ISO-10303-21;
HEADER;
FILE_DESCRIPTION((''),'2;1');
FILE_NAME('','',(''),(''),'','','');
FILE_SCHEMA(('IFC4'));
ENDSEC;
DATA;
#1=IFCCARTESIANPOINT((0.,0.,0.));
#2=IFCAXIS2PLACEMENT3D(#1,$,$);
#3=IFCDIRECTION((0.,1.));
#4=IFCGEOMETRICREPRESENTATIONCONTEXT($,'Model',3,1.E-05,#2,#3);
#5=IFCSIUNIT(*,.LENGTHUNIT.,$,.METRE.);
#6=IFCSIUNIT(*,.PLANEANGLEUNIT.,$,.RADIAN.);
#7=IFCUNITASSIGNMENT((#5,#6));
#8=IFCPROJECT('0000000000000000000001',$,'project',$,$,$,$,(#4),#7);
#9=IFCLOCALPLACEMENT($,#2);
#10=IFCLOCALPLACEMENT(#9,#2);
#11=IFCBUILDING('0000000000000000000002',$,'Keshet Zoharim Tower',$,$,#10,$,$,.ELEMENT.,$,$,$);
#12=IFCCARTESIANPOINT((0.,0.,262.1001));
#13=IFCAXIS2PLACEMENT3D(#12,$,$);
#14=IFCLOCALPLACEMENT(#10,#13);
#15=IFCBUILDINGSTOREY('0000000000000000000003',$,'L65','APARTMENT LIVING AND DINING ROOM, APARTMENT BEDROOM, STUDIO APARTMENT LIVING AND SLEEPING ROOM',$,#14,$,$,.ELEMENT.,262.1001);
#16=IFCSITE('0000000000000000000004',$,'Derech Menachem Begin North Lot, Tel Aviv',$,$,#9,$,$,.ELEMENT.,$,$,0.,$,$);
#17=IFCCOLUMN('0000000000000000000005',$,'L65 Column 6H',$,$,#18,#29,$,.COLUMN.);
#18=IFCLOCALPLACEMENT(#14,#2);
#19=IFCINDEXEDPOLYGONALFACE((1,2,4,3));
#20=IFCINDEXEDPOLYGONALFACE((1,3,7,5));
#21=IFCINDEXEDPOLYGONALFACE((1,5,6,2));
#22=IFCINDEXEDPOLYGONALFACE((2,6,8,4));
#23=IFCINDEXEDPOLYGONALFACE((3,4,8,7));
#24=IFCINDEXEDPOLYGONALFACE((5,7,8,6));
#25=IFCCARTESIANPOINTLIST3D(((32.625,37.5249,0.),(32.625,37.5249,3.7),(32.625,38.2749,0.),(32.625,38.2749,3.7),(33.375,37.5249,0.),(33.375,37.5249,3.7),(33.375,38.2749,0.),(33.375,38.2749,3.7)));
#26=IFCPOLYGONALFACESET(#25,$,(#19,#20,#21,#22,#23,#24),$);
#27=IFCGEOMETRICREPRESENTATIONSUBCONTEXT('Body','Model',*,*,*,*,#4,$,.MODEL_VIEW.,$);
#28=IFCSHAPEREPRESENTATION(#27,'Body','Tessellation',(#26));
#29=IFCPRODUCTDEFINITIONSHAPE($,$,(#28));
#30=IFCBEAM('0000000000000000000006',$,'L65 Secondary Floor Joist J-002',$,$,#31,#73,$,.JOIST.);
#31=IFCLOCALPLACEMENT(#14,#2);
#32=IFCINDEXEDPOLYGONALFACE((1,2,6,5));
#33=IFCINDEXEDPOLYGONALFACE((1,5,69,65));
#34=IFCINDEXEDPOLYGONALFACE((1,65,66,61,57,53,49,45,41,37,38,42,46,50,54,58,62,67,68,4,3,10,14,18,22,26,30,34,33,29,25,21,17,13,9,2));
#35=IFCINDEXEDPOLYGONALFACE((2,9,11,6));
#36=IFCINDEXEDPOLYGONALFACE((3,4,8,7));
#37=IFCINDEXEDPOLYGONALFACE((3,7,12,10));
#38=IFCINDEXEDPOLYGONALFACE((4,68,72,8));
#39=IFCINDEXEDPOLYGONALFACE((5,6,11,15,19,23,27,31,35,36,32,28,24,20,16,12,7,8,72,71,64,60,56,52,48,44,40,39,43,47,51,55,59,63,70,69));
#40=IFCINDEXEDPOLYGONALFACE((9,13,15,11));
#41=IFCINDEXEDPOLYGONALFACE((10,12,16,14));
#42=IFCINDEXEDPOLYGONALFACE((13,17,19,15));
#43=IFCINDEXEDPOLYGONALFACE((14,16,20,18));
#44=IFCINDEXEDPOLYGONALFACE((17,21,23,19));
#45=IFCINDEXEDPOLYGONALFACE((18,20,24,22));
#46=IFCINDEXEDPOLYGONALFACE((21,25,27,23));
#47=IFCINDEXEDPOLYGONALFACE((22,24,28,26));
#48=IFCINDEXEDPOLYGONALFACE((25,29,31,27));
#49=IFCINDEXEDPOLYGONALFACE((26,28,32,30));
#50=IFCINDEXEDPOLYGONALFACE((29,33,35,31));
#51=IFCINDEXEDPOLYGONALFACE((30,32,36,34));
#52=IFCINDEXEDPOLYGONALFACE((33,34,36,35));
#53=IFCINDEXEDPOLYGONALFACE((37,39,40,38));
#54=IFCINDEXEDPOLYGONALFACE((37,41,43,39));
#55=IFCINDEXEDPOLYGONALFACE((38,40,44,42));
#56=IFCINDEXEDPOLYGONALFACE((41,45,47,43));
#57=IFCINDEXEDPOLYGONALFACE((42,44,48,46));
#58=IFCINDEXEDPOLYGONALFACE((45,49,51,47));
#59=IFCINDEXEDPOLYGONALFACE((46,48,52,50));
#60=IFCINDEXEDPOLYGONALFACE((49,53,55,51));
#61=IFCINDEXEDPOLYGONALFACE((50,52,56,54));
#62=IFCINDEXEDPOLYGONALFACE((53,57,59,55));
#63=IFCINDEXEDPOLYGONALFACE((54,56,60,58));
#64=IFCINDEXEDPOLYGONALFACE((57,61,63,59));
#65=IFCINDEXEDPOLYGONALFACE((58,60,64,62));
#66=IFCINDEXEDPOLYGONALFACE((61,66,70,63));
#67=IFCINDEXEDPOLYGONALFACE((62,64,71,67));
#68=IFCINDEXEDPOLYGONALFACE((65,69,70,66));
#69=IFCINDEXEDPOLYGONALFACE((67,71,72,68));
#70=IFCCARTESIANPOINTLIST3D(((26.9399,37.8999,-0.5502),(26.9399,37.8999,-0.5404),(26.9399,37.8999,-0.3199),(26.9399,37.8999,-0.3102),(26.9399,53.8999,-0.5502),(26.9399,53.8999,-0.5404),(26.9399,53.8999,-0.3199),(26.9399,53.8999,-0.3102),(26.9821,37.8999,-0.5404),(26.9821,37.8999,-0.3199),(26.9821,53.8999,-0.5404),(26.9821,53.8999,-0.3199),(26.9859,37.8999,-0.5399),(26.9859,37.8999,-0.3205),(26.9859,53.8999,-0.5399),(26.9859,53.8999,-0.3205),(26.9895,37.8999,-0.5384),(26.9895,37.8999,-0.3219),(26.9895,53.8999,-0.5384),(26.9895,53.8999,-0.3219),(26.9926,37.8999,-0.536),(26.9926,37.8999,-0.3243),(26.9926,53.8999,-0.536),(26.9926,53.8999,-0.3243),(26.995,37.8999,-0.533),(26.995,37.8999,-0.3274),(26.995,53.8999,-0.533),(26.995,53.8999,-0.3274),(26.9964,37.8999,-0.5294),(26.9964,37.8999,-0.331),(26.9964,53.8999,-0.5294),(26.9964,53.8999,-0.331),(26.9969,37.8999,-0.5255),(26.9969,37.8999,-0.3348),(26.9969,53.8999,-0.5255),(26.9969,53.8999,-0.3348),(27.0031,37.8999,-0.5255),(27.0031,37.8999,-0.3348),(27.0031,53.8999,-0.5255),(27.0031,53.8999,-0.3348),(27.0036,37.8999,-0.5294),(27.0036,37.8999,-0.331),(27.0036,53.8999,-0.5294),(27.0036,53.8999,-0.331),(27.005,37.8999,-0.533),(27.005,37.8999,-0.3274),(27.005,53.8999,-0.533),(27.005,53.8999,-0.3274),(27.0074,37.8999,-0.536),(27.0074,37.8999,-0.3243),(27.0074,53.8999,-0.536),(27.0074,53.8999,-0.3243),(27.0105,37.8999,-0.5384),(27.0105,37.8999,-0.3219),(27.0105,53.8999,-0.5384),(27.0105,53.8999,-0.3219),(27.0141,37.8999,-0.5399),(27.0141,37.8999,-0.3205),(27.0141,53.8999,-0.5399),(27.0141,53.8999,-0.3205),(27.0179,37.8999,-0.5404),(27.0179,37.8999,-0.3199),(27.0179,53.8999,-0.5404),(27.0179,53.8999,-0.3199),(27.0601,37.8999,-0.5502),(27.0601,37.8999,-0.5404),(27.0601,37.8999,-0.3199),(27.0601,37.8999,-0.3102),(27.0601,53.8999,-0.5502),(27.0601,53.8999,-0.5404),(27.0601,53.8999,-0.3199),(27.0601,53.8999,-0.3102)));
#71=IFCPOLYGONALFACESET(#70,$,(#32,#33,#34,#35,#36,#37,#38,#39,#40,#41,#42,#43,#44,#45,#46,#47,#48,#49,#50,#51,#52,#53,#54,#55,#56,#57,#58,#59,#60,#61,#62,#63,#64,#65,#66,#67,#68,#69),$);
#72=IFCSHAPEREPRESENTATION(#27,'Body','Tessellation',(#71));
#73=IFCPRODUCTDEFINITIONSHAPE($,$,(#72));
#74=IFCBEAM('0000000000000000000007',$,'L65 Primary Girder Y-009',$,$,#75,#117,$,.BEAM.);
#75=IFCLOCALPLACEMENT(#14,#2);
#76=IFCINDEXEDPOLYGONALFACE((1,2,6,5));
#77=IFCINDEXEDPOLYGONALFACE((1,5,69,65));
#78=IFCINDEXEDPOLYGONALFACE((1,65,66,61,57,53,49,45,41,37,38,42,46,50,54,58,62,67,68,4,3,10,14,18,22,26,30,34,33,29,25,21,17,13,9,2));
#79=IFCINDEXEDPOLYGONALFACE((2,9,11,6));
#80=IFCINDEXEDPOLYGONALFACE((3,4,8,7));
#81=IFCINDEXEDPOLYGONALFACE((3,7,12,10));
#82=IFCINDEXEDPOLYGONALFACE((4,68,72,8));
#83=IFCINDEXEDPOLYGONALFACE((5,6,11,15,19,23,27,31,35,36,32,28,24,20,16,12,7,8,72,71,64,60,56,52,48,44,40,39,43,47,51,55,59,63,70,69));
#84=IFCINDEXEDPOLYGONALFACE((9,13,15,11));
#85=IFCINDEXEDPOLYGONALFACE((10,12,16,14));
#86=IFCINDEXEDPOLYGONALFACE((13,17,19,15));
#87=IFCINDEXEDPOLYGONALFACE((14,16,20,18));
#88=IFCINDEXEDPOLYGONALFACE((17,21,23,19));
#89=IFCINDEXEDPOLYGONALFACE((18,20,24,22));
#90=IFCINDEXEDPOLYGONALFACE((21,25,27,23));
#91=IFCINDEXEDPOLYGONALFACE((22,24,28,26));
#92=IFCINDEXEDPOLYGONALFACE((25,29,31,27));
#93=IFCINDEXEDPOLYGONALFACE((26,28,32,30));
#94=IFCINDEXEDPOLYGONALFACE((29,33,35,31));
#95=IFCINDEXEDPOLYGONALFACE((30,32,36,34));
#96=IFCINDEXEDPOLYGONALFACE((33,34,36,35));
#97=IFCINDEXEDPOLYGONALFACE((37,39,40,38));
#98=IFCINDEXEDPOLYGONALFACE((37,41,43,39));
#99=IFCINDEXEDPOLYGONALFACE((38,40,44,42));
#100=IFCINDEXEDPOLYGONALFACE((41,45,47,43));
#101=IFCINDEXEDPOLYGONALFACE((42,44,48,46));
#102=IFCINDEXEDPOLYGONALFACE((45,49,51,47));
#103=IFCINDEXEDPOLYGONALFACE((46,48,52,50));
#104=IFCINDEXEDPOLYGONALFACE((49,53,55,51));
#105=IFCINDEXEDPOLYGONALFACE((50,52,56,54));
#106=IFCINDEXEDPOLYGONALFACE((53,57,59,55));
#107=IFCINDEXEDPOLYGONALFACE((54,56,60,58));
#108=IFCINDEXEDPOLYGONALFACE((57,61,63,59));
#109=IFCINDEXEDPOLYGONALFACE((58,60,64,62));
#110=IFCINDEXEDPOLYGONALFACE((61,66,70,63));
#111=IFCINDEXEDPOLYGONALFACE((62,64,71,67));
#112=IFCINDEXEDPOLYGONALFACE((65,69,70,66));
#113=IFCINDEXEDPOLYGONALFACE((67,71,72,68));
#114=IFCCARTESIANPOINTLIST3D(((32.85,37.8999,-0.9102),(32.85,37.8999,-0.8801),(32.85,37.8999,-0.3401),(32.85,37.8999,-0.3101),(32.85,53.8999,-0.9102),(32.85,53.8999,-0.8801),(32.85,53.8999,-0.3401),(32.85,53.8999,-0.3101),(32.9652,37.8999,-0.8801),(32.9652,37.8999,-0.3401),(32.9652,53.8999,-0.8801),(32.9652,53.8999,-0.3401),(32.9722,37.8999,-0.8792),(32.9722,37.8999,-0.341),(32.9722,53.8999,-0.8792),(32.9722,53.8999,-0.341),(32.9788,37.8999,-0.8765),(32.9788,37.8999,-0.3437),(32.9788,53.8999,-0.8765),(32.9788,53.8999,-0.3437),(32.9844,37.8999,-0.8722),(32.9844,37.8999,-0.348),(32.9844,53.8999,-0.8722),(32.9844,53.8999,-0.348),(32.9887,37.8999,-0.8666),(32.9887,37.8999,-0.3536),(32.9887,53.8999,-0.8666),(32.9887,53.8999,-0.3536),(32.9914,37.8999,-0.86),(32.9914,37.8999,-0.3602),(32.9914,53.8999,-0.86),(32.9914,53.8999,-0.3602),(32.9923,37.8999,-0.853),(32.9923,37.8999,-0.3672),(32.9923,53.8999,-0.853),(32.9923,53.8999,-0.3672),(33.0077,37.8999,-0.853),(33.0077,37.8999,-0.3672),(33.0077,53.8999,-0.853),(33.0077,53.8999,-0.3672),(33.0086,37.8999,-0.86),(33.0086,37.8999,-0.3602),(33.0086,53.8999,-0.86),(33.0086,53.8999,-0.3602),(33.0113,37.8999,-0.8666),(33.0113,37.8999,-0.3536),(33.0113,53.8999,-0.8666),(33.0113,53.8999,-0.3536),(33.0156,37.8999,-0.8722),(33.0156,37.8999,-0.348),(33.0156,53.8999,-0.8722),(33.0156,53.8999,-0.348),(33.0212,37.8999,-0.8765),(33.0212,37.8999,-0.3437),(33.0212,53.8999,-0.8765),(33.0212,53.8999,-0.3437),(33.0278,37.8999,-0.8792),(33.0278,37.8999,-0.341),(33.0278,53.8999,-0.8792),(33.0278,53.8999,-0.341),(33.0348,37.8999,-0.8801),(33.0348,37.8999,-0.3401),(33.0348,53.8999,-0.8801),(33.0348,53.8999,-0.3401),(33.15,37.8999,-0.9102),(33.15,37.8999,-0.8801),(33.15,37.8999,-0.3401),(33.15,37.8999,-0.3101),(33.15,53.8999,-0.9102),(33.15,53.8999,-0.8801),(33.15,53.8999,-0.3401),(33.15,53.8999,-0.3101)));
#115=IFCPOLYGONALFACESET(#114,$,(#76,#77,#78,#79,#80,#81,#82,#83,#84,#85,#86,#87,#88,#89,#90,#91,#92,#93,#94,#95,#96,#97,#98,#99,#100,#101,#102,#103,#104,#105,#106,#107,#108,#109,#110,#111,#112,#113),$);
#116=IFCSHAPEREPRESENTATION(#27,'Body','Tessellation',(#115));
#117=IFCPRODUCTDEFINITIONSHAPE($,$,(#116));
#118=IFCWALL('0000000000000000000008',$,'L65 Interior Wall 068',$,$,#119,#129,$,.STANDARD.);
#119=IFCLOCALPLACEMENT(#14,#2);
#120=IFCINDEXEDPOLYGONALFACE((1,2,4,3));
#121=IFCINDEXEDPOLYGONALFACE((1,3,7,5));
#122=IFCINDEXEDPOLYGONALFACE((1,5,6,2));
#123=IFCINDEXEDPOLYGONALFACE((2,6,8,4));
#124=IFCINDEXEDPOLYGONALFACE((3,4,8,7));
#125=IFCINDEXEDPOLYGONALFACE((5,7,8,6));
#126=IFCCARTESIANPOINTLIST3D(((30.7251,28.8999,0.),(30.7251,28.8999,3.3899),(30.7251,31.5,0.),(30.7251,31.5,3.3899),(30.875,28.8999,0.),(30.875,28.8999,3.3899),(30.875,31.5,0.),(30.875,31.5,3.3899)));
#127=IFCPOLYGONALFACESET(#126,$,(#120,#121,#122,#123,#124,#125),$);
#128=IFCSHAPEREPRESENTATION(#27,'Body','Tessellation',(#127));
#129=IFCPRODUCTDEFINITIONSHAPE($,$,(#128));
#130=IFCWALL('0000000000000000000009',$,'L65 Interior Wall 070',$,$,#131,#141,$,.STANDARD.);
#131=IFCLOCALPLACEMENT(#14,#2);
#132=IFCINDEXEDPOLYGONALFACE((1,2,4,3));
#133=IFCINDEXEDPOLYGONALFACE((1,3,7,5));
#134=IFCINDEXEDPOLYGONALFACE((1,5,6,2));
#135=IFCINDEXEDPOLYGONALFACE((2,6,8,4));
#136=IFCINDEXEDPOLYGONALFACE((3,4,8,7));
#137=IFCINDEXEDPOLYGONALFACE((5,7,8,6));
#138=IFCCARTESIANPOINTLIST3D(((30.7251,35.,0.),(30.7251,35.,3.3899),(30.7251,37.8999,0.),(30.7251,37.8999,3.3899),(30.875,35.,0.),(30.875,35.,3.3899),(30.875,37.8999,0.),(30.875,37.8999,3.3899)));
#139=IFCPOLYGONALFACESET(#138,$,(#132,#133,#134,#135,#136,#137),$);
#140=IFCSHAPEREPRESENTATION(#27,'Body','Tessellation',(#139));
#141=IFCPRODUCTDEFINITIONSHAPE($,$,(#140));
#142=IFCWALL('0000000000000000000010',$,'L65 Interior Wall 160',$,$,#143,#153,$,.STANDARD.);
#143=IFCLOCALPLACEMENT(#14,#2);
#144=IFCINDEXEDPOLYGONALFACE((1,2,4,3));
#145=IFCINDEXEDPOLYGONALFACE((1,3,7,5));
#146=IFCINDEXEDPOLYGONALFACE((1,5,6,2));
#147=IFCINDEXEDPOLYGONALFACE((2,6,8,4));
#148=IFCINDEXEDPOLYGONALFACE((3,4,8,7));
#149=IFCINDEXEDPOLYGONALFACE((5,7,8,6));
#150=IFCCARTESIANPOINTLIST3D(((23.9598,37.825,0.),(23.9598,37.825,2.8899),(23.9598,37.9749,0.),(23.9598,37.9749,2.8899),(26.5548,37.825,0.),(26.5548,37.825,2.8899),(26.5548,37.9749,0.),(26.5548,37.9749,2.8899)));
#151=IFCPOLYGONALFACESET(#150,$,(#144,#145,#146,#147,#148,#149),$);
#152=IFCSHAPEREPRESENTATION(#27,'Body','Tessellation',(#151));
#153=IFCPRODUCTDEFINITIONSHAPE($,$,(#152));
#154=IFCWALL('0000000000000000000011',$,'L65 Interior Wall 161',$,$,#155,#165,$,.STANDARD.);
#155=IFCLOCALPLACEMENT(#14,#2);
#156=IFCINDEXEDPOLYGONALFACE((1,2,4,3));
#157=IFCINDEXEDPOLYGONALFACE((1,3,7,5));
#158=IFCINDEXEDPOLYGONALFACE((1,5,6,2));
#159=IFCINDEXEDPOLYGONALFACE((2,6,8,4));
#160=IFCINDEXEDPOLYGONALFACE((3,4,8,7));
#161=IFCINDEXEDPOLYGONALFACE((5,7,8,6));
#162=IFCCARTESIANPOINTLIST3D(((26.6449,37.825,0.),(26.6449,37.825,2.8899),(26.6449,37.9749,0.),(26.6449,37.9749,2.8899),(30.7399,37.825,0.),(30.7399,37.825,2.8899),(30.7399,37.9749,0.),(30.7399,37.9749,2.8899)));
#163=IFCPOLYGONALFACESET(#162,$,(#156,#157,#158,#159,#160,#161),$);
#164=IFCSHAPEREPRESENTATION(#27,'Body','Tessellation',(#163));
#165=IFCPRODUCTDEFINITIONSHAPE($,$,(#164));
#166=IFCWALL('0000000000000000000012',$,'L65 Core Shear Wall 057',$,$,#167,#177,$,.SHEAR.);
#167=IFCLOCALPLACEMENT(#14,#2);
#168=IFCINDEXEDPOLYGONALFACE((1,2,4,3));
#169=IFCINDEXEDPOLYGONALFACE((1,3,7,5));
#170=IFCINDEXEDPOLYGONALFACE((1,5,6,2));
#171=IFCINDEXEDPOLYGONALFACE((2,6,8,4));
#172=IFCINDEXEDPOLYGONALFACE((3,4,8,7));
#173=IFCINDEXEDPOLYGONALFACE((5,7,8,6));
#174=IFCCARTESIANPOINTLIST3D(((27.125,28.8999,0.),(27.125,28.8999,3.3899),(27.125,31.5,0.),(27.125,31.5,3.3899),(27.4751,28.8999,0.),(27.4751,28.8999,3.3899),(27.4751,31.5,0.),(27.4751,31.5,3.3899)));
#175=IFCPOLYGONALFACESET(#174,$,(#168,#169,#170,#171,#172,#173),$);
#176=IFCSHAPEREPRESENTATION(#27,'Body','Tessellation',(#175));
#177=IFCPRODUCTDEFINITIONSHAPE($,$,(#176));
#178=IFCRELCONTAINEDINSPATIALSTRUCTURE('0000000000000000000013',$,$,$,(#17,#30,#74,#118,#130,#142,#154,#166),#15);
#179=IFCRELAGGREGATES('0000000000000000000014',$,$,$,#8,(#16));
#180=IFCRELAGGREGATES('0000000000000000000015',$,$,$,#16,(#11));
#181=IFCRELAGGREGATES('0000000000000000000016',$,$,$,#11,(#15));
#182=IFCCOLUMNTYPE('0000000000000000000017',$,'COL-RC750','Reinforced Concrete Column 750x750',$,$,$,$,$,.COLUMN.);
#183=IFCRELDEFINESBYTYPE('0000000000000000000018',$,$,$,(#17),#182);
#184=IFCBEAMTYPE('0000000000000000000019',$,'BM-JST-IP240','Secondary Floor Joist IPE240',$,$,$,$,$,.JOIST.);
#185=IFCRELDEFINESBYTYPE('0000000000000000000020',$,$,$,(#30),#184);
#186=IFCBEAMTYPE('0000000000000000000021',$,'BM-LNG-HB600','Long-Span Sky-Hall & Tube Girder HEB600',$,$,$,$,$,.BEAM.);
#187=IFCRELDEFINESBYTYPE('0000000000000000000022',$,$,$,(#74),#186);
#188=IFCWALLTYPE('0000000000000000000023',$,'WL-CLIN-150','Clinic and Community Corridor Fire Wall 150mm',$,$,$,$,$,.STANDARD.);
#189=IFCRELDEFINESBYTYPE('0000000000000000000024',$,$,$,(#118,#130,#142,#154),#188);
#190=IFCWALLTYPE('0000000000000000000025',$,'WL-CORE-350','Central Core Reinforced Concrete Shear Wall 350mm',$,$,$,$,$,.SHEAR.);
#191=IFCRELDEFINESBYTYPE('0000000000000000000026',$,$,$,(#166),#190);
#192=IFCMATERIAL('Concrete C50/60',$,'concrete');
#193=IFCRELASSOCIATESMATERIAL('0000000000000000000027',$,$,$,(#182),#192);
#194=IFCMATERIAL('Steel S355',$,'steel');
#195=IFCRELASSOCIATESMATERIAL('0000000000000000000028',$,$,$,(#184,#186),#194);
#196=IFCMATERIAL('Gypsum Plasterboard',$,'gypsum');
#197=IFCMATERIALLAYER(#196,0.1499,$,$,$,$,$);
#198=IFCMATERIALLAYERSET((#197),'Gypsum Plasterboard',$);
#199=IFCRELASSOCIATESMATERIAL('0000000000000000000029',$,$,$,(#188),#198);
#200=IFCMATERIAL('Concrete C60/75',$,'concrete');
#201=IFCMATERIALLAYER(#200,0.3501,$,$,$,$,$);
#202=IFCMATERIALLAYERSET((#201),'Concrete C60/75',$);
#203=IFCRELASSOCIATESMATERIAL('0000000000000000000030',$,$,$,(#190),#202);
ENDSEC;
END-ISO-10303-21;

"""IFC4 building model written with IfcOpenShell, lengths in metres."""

from ifc_helpers import new_model, si_unit, direction, frame, frame_2d, origin, origin_2d, place, context, subcontext, project, spatial, rectangle, i_section, extrude, material, layer, layer_set, material_profile, profile_set, type_object, element, save


model = new_model("IFC4")

# Units and contexts
model_context = context("Model", 3, precision=1e-05, world=origin(), true_north=direction((0.0, 1.0)))
body_context = subcontext(model_context, "Body", "Model", "MODEL_VIEW")
ifc_project = project(units=[si_unit("LENGTHUNIT", "METRE"), si_unit("PLANEANGLEUNIT", "RADIAN")], contexts=[model_context])

# Site, building, storey
site_placement = place(None, origin())
site = spatial("IfcSite", under=ifc_project, at=site_placement, Name="Derech Menachem Begin North Lot, Tel Aviv", CompositionType="ELEMENT", RefElevation=0.0)
building_placement = place(site_placement, origin())
building = spatial("IfcBuilding", under=site, at=building_placement, Name="Keshet Zoharim Tower", CompositionType="ELEMENT")
storey_placement = place(building_placement, frame((0.0, 0.0, 262.1001)))
storey = spatial("IfcBuildingStorey", under=building, at=storey_placement, Name="L65", Description="APARTMENT LIVING AND DINING ROOM, APARTMENT BEDROOM, STUDIO APARTMENT LIVING AND SLEEPING ROOM", CompositionType="ELEMENT", Elevation=262.1001)

# Column
ifc_material_1 = material(Name="Concrete C50/60", Category="concrete")
ifc_material_profile_1 = material_profile(ifc_material_1, rectangle(XDim=0.75, YDim=0.75, at=origin_2d()), Name="RC750x750")
ifc_profile_set_1 = profile_set([ifc_material_profile_1], Name="Concrete C50/60")
column_type = type_object("IfcColumnType", Name="COL-RC750", Description="Reinforced Concrete Column 750x750", PredefinedType="COLUMN", material=ifc_profile_set_1)
column_placement = place(storey_placement, frame((33.0, 37.8999, 0.0), z_axis=(0.0, 0.0, 1.0), x_axis=(1.0, 0.0, 0.0)))
element("IfcColumn", 1, at=column_placement, inside=storey, type_object=column_type, Name="L65 Column 6H", PredefinedType="COLUMN", context=body_context, shape_type="SweptSolid", body=[
    extrude(rectangle(XDim=0.75, YDim=0.75, at=origin_2d()), origin(), (0.0, 0.0, 1.0), 3.7),
])

# Beams
ifc_material_2 = material(Name="Steel S355", Category="steel")
ifc_material_profile_2 = material_profile(ifc_material_2, i_section(OverallWidth=0.1201, OverallDepth=0.24, WebThickness=0.0061, FlangeThickness=0.0098, FilletRadius=0.0149, at=origin_2d()), Name="IPE240")
ifc_profile_set_2 = profile_set([ifc_material_profile_2], Name="Steel S355")
beam_type_1 = type_object("IfcBeamType", Name="BM-JST-IP240", Description="Secondary Floor Joist IPE240", PredefinedType="JOIST", material=ifc_profile_set_2)
beam_1_placement = place(storey_placement, frame((27.0, 37.8999, -0.4302), z_axis=(0.0, 1.0, 0.0), x_axis=(-1.0, 0.0, 0.0)))
element("IfcBeam", 2, at=beam_1_placement, inside=storey, type_object=beam_type_1, Name="L65 Secondary Floor Joist J-002", PredefinedType="JOIST", context=body_context, shape_type="SweptSolid", body=[
    extrude(i_section(OverallWidth=0.1201, OverallDepth=0.24, WebThickness=0.0061, FlangeThickness=0.0098, FilletRadius=0.0149, at=origin_2d()), origin(), (0.0, 0.0, 1.0), 16.0),
])
ifc_material_profile_3 = material_profile(ifc_material_2, i_section(OverallWidth=0.3, OverallDepth=0.6001, WebThickness=0.0154, FlangeThickness=0.03, FilletRadius=0.0271, at=origin_2d()), Name="HEB600")
ifc_profile_set_3 = profile_set([ifc_material_profile_3], Name="Steel S355")
beam_type_2 = type_object("IfcBeamType", Name="BM-LNG-HB600", Description="Long-Span Sky-Hall & Tube Girder HEB600", PredefinedType="BEAM", material=ifc_profile_set_3)
beam_2_placement = place(storey_placement, frame((33.0, 37.8999, -0.6101), z_axis=(0.0, 1.0, 0.0), x_axis=(-1.0, 0.0, 0.0)))
element("IfcBeam", 3, at=beam_2_placement, inside=storey, type_object=beam_type_2, Name="L65 Primary Girder Y-009", PredefinedType="BEAM", context=body_context, shape_type="SweptSolid", body=[
    extrude(i_section(OverallWidth=0.3, OverallDepth=0.6001, WebThickness=0.0154, FlangeThickness=0.03, FilletRadius=0.0271, at=origin_2d()), origin(), (0.0, 0.0, 1.0), 16.0),
])

# Walls
ifc_material_3 = material(Name="Gypsum Plasterboard", Category="gypsum")
ifc_layer_1 = layer(ifc_material_3, 0.1499)
ifc_layer_set_1 = layer_set([ifc_layer_1], Name="Gypsum Plasterboard")
wall_type_1 = type_object("IfcWallType", Name="WL-CLIN-150", Description="Clinic and Community Corridor Fire Wall 150mm", PredefinedType="STANDARD", material=ifc_layer_set_1)
wall_1_placement = place(storey_placement, frame((30.8, 28.8999, 0.0), z_axis=(0.0, 0.0, 1.0), x_axis=(0.0, 1.0, 0.0)))
element("IfcWall", 4, at=wall_1_placement, inside=storey, type_object=wall_type_1, Name="L65 Interior Wall 068", PredefinedType="STANDARD", context=body_context, shape_type="SweptSolid", body=[
    extrude(rectangle(XDim=2.6001, YDim=0.1499, at=frame_2d((1.3, 0.0))), origin(), (0.0, 0.0, 1.0), 3.3899),
])
wall_2_placement = place(storey_placement, frame((30.8, 35.0, 0.0), z_axis=(0.0, 0.0, 1.0), x_axis=(0.0, 1.0, 0.0)))
element("IfcWall", 5, at=wall_2_placement, inside=storey, type_object=wall_type_1, Name="L65 Interior Wall 070", PredefinedType="STANDARD", context=body_context, shape_type="SweptSolid", body=[
    extrude(rectangle(XDim=2.8999, YDim=0.1499, at=frame_2d((1.45, 0.0))), origin(), (0.0, 0.0, 1.0), 3.3899),
])
wall_3_placement = place(storey_placement, frame((23.96, 37.8999, 0.0), z_axis=(0.0, 0.0, 1.0), x_axis=(1.0, 0.0, 0.0)))
element("IfcWall", 6, at=wall_3_placement, inside=storey, type_object=wall_type_1, Name="L65 Interior Wall 160", PredefinedType="STANDARD", context=body_context, shape_type="SweptSolid", body=[
    extrude(rectangle(XDim=2.595, YDim=0.1499, at=frame_2d((1.2974, 0.0))), origin(), (0.0, 0.0, 1.0), 2.8899),
])
wall_4_placement = place(storey_placement, frame((26.645, 37.8999, 0.0), z_axis=(0.0, 0.0, 1.0), x_axis=(1.0, 0.0, 0.0)))
element("IfcWall", 7, at=wall_4_placement, inside=storey, type_object=wall_type_1, Name="L65 Interior Wall 161", PredefinedType="STANDARD", context=body_context, shape_type="SweptSolid", body=[
    extrude(rectangle(XDim=4.095, YDim=0.1499, at=frame_2d((2.0474, 0.0))), origin(), (0.0, 0.0, 1.0), 2.8899),
])
ifc_material_4 = material(Name="Concrete C60/75", Category="concrete")
ifc_layer_2 = layer(ifc_material_4, 0.3501)
ifc_layer_set_2 = layer_set([ifc_layer_2], Name="Concrete C60/75")
wall_type_2 = type_object("IfcWallType", Name="WL-CORE-350", Description="Central Core Reinforced Concrete Shear Wall 350mm", PredefinedType="SHEAR", material=ifc_layer_set_2)
wall_5_placement = place(storey_placement, frame((27.3, 28.8999, 0.0), z_axis=(0.0, 0.0, 1.0), x_axis=(0.0, 1.0, 0.0)))
element("IfcWall", 8, at=wall_5_placement, inside=storey, type_object=wall_type_2, Name="L65 Core Shear Wall 057", PredefinedType="SHEAR", context=body_context, shape_type="SweptSolid", body=[
    extrude(rectangle(XDim=2.6001, YDim=0.3501, at=frame_2d((1.3, 0.0))), origin(), (0.0, 0.0, 1.0), 3.3899),
])

save(model, "model.ifc")
